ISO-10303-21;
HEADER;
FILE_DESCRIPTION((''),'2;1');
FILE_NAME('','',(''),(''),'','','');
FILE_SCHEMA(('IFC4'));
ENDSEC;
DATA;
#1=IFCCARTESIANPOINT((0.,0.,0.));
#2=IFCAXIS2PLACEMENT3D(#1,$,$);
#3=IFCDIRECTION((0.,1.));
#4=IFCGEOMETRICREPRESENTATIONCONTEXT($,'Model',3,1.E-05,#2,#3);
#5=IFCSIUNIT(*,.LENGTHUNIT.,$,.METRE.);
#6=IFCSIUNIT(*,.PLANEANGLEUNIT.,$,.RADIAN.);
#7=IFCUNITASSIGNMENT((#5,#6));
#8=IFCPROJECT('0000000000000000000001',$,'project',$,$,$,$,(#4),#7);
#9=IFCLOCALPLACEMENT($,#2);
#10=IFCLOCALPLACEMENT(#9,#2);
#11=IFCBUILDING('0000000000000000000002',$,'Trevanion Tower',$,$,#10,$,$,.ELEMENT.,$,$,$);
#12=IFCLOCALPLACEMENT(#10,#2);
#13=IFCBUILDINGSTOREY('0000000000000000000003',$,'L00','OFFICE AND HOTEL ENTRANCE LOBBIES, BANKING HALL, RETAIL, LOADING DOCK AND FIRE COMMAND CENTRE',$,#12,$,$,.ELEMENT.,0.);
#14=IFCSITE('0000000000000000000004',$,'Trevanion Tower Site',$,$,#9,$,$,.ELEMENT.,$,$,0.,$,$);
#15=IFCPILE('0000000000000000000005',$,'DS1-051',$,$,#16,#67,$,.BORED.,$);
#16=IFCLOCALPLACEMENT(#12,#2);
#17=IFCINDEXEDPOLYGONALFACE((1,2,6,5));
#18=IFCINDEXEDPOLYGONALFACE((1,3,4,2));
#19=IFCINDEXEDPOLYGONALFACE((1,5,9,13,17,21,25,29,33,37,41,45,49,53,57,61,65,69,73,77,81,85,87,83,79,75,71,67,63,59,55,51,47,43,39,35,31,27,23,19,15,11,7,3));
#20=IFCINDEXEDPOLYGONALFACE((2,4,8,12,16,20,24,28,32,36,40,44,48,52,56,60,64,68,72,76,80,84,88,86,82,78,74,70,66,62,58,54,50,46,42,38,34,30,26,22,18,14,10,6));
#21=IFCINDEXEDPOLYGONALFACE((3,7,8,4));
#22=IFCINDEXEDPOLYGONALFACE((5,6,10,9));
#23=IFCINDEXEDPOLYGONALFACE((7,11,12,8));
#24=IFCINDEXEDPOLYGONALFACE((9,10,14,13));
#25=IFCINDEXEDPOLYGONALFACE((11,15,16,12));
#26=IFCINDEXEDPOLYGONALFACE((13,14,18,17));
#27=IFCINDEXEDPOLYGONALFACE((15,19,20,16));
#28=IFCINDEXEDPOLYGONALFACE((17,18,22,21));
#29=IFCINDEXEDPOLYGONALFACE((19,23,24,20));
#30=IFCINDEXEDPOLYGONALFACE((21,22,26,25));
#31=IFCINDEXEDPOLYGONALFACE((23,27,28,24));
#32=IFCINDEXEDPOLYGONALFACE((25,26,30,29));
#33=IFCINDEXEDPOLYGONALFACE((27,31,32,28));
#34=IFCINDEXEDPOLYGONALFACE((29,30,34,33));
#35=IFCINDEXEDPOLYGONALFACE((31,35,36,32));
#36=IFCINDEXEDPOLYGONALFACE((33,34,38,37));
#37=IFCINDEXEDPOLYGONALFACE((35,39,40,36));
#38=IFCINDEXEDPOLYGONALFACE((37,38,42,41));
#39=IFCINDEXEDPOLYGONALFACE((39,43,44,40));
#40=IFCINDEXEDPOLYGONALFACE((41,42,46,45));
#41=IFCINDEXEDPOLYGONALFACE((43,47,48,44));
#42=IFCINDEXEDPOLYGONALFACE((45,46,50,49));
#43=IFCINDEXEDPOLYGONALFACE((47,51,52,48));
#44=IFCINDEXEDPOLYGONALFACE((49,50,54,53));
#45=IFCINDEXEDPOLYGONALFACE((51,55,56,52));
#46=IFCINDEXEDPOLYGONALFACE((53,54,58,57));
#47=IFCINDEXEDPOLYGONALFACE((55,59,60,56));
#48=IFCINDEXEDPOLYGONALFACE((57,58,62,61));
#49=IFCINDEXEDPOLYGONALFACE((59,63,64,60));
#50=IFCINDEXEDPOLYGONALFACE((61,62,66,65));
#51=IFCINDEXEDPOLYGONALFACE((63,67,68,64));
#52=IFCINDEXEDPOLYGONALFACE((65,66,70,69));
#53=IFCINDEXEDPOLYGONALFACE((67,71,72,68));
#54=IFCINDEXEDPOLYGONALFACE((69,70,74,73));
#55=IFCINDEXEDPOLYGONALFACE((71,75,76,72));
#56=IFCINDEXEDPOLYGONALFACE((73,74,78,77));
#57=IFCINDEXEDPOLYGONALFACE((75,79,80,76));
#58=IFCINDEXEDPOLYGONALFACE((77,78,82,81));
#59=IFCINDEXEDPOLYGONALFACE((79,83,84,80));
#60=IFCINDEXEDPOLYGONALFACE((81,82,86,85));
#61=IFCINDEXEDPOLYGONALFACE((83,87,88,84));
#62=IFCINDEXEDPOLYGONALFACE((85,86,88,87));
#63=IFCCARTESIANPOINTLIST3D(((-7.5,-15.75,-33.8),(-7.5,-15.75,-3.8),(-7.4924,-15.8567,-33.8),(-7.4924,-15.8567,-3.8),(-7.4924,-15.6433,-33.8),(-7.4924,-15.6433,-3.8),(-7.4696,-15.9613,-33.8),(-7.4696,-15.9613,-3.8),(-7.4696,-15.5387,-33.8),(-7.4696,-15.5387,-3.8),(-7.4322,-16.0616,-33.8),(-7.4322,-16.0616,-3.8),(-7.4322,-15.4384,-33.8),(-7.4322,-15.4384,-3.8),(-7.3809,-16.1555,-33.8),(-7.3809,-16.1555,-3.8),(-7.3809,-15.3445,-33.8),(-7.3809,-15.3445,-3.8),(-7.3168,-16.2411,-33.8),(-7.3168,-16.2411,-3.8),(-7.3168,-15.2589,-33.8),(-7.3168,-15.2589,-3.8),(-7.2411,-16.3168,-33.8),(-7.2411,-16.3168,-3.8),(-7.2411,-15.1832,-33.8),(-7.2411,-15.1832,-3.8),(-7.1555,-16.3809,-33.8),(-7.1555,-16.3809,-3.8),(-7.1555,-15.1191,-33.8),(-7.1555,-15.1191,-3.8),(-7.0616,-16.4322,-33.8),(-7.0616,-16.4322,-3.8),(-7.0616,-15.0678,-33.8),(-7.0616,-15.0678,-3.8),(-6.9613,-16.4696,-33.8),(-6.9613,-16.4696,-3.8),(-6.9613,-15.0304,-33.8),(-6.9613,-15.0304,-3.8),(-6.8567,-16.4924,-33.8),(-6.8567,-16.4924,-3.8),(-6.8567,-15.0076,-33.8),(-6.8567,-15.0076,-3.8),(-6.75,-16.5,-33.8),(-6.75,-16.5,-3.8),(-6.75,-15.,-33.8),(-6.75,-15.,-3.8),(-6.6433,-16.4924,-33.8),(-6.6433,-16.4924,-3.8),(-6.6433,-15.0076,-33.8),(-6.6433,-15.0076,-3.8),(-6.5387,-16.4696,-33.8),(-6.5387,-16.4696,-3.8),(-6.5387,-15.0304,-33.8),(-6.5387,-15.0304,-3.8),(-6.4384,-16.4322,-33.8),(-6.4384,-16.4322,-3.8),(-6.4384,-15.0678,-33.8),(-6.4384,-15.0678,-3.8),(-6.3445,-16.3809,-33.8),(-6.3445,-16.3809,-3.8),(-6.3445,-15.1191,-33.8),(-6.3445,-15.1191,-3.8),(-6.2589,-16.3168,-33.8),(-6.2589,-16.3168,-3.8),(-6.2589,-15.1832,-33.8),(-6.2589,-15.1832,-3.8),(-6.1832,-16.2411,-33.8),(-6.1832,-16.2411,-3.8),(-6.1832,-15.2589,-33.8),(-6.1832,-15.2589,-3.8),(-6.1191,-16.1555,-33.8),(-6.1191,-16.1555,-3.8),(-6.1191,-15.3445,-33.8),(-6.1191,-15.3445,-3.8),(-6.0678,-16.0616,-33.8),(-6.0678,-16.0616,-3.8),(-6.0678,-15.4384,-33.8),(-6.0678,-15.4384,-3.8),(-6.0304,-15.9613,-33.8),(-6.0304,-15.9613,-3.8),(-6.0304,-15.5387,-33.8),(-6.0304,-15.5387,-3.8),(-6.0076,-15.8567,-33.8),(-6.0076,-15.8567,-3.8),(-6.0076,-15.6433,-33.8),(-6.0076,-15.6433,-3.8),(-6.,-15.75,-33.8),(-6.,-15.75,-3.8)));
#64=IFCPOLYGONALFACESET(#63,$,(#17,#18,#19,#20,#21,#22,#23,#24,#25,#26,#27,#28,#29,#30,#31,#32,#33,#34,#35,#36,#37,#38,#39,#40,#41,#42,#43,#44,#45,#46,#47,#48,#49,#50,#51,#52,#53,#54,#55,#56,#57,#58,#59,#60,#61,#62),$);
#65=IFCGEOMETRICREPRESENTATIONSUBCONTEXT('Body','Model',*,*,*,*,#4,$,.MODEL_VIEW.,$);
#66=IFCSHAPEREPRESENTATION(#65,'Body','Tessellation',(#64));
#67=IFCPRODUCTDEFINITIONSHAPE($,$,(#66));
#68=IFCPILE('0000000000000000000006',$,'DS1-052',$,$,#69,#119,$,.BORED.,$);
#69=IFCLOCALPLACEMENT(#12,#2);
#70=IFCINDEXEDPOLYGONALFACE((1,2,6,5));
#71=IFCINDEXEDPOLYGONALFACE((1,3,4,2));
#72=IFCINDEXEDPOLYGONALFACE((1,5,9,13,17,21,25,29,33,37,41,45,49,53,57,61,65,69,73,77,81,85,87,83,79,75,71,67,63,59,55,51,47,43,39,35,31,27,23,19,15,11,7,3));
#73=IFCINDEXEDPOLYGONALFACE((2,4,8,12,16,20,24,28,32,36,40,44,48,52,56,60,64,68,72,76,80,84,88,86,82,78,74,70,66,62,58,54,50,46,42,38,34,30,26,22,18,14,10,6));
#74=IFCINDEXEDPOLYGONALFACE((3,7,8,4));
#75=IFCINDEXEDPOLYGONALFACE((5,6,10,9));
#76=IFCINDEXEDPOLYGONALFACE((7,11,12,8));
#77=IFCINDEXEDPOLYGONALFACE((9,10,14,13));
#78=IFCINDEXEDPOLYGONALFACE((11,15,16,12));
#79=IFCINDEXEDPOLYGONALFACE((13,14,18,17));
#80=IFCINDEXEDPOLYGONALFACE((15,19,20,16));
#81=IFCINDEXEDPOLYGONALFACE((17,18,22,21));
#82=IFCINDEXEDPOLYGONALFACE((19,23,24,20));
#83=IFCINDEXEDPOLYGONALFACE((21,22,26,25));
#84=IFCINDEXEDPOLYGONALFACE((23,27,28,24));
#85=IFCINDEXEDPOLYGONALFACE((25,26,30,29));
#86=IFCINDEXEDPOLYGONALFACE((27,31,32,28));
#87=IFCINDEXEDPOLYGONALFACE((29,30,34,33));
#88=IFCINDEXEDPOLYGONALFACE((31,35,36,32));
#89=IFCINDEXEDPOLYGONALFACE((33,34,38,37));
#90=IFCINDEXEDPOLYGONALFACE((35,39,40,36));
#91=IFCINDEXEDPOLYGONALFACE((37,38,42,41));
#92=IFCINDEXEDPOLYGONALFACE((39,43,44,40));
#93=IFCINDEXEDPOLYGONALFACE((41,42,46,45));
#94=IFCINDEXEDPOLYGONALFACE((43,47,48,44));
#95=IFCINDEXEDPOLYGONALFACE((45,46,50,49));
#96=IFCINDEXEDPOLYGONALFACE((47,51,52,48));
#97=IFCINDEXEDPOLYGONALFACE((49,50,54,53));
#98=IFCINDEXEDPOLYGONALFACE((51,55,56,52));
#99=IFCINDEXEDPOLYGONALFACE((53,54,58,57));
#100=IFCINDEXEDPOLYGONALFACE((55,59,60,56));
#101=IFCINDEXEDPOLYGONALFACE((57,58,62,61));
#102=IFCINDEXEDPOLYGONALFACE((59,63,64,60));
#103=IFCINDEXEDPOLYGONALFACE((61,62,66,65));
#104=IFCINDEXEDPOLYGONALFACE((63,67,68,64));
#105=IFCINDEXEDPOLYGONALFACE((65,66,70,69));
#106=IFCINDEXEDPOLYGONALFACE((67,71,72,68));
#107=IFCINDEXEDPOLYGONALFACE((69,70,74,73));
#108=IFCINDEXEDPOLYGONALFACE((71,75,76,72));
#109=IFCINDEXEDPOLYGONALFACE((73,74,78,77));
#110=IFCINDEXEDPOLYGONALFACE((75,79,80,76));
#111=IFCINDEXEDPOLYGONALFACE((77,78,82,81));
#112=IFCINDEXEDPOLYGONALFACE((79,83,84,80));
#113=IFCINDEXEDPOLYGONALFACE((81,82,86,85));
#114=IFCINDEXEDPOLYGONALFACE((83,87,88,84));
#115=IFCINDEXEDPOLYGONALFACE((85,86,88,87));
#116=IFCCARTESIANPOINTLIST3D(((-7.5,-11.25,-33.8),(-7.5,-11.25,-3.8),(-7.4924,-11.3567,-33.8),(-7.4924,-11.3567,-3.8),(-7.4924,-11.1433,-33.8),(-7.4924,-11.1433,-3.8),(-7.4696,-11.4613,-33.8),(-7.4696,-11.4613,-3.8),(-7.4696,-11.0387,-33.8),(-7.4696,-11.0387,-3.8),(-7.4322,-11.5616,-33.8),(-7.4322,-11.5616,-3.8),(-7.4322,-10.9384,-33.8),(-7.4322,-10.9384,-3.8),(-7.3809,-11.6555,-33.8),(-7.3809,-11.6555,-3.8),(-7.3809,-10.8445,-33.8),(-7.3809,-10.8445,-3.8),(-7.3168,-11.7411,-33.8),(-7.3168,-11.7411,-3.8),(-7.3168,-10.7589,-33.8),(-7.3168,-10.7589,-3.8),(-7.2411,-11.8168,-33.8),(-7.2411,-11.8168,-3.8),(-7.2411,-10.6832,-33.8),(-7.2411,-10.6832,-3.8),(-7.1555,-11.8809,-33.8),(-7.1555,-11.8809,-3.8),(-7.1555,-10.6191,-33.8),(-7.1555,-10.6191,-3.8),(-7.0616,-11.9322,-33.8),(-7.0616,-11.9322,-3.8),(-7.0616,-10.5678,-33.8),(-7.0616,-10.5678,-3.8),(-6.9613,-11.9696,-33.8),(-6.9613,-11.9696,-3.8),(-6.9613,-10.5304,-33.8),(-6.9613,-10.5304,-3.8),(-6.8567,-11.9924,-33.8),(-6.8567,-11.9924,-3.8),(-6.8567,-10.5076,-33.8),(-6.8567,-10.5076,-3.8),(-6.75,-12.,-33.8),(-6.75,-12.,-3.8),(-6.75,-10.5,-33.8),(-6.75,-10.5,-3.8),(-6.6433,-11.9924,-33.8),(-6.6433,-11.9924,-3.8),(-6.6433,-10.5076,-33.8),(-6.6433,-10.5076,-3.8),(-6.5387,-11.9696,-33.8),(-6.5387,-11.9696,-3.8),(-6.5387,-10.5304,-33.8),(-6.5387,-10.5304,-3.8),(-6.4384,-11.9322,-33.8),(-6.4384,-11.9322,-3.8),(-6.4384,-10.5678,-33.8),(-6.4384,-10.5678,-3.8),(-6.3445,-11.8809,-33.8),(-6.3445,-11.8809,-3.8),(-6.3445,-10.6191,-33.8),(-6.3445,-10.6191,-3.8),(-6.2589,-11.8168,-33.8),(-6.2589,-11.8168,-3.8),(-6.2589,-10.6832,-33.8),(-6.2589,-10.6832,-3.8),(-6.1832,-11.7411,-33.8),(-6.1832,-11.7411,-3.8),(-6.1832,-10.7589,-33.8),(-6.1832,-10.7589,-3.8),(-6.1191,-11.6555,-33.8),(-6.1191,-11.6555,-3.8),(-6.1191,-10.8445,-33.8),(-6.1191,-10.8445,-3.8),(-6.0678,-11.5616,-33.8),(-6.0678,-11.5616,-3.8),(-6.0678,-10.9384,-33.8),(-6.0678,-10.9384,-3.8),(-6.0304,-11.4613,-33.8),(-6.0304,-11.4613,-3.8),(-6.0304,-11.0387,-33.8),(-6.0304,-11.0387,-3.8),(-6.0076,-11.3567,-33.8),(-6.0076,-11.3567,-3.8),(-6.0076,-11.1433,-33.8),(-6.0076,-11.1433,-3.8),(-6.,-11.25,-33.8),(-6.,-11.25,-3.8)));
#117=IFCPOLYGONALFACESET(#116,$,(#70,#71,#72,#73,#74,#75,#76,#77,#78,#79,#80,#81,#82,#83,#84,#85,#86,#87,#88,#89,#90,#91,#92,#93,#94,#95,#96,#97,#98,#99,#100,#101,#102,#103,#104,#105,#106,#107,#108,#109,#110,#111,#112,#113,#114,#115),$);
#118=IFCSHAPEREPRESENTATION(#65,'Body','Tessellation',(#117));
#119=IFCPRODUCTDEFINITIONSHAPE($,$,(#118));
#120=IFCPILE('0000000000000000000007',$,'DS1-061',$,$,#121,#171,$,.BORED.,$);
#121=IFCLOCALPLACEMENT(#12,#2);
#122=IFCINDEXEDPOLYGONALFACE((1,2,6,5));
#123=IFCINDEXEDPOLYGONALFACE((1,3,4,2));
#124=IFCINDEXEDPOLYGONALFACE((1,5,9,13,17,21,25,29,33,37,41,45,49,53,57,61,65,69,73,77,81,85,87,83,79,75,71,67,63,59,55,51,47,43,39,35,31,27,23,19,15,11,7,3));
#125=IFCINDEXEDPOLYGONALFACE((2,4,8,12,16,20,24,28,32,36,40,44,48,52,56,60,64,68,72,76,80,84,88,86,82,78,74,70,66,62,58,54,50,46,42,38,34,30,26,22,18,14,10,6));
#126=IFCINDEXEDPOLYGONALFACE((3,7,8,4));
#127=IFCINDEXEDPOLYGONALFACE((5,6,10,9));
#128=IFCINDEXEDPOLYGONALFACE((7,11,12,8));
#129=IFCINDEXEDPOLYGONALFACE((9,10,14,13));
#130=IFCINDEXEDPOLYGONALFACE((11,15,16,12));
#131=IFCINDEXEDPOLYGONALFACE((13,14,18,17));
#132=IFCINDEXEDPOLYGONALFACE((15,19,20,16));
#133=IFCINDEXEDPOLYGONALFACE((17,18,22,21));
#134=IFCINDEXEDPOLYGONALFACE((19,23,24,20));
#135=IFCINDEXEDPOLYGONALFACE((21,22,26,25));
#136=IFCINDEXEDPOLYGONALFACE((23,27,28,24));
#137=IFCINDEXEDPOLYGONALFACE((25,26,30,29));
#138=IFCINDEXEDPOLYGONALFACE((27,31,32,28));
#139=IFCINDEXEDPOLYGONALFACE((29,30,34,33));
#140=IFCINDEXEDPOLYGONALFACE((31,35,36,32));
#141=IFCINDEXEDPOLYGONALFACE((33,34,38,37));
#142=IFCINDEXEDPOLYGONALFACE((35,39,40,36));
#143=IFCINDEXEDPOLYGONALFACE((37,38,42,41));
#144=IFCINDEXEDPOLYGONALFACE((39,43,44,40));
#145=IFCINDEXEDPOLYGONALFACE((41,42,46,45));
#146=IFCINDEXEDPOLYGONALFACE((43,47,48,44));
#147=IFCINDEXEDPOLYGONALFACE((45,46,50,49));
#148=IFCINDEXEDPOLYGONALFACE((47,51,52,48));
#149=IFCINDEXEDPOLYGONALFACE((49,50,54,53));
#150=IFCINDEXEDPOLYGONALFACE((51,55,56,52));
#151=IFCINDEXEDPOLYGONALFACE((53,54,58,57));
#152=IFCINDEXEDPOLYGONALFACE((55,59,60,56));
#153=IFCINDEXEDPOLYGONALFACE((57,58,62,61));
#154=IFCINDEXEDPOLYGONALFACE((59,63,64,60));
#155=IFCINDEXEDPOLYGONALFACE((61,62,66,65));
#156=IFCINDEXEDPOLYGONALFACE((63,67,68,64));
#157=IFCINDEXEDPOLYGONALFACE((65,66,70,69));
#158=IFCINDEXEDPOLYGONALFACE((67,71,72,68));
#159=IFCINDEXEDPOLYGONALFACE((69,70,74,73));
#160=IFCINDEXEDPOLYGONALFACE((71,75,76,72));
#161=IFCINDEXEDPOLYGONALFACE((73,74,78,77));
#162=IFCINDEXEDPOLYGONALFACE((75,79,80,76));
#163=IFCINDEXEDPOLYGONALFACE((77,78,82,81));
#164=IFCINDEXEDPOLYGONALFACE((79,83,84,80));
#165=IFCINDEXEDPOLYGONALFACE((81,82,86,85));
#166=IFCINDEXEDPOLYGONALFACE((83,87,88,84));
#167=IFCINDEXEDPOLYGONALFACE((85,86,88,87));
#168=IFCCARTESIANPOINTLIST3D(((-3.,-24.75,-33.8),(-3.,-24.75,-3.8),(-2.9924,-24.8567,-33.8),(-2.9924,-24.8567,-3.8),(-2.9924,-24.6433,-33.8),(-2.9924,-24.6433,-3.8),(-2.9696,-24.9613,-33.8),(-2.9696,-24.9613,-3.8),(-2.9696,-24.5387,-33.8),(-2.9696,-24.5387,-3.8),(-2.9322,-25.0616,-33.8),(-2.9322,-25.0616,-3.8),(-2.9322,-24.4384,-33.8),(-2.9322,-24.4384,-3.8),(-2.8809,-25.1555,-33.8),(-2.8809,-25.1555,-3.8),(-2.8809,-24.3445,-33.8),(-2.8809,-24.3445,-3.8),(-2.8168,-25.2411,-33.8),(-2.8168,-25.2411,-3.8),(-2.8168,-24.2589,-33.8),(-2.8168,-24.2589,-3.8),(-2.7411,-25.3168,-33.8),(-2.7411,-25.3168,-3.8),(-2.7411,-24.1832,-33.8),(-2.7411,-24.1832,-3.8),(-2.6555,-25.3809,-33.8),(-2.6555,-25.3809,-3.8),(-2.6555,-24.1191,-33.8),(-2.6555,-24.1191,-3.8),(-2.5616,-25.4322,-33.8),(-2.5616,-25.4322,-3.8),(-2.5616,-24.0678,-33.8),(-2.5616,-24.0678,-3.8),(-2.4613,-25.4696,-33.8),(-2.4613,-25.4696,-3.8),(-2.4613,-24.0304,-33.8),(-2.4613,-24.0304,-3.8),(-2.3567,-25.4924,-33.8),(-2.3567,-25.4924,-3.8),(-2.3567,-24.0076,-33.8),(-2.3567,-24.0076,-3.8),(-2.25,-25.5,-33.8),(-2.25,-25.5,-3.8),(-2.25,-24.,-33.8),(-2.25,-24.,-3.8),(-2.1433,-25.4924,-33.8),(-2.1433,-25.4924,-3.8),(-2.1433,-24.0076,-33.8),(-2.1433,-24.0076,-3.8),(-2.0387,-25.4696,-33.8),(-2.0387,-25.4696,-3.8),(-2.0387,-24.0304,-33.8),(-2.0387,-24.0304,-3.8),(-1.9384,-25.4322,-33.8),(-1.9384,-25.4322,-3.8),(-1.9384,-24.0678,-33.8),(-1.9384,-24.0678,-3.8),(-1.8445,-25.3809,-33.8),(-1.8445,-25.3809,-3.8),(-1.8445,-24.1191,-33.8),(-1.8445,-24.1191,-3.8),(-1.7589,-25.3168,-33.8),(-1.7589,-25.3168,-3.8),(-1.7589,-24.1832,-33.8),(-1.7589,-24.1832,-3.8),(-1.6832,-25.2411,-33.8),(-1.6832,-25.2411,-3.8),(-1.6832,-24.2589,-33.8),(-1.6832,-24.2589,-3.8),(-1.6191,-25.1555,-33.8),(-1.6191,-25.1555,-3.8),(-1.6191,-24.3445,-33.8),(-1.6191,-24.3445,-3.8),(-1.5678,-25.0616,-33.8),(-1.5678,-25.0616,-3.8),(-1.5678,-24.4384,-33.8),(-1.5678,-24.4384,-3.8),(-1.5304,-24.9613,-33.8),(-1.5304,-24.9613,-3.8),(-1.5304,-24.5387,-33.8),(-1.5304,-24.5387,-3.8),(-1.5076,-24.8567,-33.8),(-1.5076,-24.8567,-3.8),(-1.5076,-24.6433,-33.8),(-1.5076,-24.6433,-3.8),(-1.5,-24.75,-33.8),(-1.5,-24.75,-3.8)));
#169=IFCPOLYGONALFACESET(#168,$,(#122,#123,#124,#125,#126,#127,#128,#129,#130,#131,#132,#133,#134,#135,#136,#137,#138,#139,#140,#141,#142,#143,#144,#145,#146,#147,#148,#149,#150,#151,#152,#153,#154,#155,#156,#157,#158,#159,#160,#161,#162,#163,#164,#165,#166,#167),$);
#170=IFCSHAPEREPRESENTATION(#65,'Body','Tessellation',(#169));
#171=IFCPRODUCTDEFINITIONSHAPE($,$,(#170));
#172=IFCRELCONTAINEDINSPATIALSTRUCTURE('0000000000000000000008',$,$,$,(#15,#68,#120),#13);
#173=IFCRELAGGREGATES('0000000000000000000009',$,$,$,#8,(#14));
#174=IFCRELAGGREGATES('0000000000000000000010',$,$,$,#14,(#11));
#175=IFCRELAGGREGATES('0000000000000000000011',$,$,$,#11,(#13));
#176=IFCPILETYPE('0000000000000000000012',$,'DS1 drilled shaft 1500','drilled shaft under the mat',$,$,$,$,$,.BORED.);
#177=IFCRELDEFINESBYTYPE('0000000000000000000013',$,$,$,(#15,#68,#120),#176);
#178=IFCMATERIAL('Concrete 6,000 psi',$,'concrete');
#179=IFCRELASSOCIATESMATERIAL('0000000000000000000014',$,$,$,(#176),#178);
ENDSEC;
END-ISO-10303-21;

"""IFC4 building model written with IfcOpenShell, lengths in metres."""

from ifc_helpers import new_model, si_unit, direction, frame, origin, origin_2d, place, context, subcontext, project, spatial, circle, extrude, material, material_profile, profile_set, type_object, element, save


model = new_model("IFC4")

# Units and contexts
model_context = context("Model", 3, precision=1e-05, world=origin(), true_north=direction((0.0, 1.0)))
body_context = subcontext(model_context, "Body", "Model", "MODEL_VIEW")
ifc_project = project(units=[si_unit("LENGTHUNIT", "METRE"), si_unit("PLANEANGLEUNIT", "RADIAN")], contexts=[model_context])

# Site, building, storey
site_placement = place(None, origin())
site = spatial("IfcSite", under=ifc_project, at=site_placement, Name="Trevanion Tower Site", CompositionType="ELEMENT", RefElevation=0.0)
building_placement = place(site_placement, origin())
building = spatial("IfcBuilding", under=site, at=building_placement, Name="Trevanion Tower", CompositionType="ELEMENT")
storey_placement = place(building_placement, origin())
storey = spatial("IfcBuildingStorey", under=building, at=storey_placement, Name="L00", Description="OFFICE AND HOTEL ENTRANCE LOBBIES, BANKING HALL, RETAIL, LOADING DOCK AND FIRE COMMAND CENTRE", CompositionType="ELEMENT", Elevation=0.0)

# Piles
ifc_material_1 = material(Name="Concrete 6,000 psi", Category="concrete")
ifc_material_profile_1 = material_profile(ifc_material_1, circle(Radius=0.75, at=origin_2d()), Name="DS1 drilled shaft 1500")
ifc_profile_set_1 = profile_set([ifc_material_profile_1], Name="Concrete 6,000 psi")
pile_type = type_object("IfcPileType", Name="DS1 drilled shaft 1500", Description="drilled shaft under the mat", PredefinedType="BORED", material=ifc_profile_set_1)
for number, where, z_axis, x_axis, name in (
    (1, (-6.75, -15.75, -3.8), (0.0, 0.0, -1.0), (1.0, 0.0, 0.0), "DS1-051"),
    (2, (-6.75, -11.25, -3.8), (0.0, 0.0, -1.0), (1.0, 0.0, 0.0), "DS1-052"),
    (3, (-2.25, -24.75, -3.8), (0.0, 0.0, -1.0), (1.0, 0.0, 0.0), "DS1-061"),
):
    element("IfcPile", number, at=place(storey_placement, frame(where, z_axis=z_axis, x_axis=x_axis)), inside=storey, type_object=pile_type, Name=name, PredefinedType="BORED", context=body_context, shape_type="SweptSolid", body=[
        extrude(circle(Radius=0.75, at=origin_2d()), origin(), (0.0, 0.0, 1.0), 30.0),
    ])

save(model, "model.ifc")
